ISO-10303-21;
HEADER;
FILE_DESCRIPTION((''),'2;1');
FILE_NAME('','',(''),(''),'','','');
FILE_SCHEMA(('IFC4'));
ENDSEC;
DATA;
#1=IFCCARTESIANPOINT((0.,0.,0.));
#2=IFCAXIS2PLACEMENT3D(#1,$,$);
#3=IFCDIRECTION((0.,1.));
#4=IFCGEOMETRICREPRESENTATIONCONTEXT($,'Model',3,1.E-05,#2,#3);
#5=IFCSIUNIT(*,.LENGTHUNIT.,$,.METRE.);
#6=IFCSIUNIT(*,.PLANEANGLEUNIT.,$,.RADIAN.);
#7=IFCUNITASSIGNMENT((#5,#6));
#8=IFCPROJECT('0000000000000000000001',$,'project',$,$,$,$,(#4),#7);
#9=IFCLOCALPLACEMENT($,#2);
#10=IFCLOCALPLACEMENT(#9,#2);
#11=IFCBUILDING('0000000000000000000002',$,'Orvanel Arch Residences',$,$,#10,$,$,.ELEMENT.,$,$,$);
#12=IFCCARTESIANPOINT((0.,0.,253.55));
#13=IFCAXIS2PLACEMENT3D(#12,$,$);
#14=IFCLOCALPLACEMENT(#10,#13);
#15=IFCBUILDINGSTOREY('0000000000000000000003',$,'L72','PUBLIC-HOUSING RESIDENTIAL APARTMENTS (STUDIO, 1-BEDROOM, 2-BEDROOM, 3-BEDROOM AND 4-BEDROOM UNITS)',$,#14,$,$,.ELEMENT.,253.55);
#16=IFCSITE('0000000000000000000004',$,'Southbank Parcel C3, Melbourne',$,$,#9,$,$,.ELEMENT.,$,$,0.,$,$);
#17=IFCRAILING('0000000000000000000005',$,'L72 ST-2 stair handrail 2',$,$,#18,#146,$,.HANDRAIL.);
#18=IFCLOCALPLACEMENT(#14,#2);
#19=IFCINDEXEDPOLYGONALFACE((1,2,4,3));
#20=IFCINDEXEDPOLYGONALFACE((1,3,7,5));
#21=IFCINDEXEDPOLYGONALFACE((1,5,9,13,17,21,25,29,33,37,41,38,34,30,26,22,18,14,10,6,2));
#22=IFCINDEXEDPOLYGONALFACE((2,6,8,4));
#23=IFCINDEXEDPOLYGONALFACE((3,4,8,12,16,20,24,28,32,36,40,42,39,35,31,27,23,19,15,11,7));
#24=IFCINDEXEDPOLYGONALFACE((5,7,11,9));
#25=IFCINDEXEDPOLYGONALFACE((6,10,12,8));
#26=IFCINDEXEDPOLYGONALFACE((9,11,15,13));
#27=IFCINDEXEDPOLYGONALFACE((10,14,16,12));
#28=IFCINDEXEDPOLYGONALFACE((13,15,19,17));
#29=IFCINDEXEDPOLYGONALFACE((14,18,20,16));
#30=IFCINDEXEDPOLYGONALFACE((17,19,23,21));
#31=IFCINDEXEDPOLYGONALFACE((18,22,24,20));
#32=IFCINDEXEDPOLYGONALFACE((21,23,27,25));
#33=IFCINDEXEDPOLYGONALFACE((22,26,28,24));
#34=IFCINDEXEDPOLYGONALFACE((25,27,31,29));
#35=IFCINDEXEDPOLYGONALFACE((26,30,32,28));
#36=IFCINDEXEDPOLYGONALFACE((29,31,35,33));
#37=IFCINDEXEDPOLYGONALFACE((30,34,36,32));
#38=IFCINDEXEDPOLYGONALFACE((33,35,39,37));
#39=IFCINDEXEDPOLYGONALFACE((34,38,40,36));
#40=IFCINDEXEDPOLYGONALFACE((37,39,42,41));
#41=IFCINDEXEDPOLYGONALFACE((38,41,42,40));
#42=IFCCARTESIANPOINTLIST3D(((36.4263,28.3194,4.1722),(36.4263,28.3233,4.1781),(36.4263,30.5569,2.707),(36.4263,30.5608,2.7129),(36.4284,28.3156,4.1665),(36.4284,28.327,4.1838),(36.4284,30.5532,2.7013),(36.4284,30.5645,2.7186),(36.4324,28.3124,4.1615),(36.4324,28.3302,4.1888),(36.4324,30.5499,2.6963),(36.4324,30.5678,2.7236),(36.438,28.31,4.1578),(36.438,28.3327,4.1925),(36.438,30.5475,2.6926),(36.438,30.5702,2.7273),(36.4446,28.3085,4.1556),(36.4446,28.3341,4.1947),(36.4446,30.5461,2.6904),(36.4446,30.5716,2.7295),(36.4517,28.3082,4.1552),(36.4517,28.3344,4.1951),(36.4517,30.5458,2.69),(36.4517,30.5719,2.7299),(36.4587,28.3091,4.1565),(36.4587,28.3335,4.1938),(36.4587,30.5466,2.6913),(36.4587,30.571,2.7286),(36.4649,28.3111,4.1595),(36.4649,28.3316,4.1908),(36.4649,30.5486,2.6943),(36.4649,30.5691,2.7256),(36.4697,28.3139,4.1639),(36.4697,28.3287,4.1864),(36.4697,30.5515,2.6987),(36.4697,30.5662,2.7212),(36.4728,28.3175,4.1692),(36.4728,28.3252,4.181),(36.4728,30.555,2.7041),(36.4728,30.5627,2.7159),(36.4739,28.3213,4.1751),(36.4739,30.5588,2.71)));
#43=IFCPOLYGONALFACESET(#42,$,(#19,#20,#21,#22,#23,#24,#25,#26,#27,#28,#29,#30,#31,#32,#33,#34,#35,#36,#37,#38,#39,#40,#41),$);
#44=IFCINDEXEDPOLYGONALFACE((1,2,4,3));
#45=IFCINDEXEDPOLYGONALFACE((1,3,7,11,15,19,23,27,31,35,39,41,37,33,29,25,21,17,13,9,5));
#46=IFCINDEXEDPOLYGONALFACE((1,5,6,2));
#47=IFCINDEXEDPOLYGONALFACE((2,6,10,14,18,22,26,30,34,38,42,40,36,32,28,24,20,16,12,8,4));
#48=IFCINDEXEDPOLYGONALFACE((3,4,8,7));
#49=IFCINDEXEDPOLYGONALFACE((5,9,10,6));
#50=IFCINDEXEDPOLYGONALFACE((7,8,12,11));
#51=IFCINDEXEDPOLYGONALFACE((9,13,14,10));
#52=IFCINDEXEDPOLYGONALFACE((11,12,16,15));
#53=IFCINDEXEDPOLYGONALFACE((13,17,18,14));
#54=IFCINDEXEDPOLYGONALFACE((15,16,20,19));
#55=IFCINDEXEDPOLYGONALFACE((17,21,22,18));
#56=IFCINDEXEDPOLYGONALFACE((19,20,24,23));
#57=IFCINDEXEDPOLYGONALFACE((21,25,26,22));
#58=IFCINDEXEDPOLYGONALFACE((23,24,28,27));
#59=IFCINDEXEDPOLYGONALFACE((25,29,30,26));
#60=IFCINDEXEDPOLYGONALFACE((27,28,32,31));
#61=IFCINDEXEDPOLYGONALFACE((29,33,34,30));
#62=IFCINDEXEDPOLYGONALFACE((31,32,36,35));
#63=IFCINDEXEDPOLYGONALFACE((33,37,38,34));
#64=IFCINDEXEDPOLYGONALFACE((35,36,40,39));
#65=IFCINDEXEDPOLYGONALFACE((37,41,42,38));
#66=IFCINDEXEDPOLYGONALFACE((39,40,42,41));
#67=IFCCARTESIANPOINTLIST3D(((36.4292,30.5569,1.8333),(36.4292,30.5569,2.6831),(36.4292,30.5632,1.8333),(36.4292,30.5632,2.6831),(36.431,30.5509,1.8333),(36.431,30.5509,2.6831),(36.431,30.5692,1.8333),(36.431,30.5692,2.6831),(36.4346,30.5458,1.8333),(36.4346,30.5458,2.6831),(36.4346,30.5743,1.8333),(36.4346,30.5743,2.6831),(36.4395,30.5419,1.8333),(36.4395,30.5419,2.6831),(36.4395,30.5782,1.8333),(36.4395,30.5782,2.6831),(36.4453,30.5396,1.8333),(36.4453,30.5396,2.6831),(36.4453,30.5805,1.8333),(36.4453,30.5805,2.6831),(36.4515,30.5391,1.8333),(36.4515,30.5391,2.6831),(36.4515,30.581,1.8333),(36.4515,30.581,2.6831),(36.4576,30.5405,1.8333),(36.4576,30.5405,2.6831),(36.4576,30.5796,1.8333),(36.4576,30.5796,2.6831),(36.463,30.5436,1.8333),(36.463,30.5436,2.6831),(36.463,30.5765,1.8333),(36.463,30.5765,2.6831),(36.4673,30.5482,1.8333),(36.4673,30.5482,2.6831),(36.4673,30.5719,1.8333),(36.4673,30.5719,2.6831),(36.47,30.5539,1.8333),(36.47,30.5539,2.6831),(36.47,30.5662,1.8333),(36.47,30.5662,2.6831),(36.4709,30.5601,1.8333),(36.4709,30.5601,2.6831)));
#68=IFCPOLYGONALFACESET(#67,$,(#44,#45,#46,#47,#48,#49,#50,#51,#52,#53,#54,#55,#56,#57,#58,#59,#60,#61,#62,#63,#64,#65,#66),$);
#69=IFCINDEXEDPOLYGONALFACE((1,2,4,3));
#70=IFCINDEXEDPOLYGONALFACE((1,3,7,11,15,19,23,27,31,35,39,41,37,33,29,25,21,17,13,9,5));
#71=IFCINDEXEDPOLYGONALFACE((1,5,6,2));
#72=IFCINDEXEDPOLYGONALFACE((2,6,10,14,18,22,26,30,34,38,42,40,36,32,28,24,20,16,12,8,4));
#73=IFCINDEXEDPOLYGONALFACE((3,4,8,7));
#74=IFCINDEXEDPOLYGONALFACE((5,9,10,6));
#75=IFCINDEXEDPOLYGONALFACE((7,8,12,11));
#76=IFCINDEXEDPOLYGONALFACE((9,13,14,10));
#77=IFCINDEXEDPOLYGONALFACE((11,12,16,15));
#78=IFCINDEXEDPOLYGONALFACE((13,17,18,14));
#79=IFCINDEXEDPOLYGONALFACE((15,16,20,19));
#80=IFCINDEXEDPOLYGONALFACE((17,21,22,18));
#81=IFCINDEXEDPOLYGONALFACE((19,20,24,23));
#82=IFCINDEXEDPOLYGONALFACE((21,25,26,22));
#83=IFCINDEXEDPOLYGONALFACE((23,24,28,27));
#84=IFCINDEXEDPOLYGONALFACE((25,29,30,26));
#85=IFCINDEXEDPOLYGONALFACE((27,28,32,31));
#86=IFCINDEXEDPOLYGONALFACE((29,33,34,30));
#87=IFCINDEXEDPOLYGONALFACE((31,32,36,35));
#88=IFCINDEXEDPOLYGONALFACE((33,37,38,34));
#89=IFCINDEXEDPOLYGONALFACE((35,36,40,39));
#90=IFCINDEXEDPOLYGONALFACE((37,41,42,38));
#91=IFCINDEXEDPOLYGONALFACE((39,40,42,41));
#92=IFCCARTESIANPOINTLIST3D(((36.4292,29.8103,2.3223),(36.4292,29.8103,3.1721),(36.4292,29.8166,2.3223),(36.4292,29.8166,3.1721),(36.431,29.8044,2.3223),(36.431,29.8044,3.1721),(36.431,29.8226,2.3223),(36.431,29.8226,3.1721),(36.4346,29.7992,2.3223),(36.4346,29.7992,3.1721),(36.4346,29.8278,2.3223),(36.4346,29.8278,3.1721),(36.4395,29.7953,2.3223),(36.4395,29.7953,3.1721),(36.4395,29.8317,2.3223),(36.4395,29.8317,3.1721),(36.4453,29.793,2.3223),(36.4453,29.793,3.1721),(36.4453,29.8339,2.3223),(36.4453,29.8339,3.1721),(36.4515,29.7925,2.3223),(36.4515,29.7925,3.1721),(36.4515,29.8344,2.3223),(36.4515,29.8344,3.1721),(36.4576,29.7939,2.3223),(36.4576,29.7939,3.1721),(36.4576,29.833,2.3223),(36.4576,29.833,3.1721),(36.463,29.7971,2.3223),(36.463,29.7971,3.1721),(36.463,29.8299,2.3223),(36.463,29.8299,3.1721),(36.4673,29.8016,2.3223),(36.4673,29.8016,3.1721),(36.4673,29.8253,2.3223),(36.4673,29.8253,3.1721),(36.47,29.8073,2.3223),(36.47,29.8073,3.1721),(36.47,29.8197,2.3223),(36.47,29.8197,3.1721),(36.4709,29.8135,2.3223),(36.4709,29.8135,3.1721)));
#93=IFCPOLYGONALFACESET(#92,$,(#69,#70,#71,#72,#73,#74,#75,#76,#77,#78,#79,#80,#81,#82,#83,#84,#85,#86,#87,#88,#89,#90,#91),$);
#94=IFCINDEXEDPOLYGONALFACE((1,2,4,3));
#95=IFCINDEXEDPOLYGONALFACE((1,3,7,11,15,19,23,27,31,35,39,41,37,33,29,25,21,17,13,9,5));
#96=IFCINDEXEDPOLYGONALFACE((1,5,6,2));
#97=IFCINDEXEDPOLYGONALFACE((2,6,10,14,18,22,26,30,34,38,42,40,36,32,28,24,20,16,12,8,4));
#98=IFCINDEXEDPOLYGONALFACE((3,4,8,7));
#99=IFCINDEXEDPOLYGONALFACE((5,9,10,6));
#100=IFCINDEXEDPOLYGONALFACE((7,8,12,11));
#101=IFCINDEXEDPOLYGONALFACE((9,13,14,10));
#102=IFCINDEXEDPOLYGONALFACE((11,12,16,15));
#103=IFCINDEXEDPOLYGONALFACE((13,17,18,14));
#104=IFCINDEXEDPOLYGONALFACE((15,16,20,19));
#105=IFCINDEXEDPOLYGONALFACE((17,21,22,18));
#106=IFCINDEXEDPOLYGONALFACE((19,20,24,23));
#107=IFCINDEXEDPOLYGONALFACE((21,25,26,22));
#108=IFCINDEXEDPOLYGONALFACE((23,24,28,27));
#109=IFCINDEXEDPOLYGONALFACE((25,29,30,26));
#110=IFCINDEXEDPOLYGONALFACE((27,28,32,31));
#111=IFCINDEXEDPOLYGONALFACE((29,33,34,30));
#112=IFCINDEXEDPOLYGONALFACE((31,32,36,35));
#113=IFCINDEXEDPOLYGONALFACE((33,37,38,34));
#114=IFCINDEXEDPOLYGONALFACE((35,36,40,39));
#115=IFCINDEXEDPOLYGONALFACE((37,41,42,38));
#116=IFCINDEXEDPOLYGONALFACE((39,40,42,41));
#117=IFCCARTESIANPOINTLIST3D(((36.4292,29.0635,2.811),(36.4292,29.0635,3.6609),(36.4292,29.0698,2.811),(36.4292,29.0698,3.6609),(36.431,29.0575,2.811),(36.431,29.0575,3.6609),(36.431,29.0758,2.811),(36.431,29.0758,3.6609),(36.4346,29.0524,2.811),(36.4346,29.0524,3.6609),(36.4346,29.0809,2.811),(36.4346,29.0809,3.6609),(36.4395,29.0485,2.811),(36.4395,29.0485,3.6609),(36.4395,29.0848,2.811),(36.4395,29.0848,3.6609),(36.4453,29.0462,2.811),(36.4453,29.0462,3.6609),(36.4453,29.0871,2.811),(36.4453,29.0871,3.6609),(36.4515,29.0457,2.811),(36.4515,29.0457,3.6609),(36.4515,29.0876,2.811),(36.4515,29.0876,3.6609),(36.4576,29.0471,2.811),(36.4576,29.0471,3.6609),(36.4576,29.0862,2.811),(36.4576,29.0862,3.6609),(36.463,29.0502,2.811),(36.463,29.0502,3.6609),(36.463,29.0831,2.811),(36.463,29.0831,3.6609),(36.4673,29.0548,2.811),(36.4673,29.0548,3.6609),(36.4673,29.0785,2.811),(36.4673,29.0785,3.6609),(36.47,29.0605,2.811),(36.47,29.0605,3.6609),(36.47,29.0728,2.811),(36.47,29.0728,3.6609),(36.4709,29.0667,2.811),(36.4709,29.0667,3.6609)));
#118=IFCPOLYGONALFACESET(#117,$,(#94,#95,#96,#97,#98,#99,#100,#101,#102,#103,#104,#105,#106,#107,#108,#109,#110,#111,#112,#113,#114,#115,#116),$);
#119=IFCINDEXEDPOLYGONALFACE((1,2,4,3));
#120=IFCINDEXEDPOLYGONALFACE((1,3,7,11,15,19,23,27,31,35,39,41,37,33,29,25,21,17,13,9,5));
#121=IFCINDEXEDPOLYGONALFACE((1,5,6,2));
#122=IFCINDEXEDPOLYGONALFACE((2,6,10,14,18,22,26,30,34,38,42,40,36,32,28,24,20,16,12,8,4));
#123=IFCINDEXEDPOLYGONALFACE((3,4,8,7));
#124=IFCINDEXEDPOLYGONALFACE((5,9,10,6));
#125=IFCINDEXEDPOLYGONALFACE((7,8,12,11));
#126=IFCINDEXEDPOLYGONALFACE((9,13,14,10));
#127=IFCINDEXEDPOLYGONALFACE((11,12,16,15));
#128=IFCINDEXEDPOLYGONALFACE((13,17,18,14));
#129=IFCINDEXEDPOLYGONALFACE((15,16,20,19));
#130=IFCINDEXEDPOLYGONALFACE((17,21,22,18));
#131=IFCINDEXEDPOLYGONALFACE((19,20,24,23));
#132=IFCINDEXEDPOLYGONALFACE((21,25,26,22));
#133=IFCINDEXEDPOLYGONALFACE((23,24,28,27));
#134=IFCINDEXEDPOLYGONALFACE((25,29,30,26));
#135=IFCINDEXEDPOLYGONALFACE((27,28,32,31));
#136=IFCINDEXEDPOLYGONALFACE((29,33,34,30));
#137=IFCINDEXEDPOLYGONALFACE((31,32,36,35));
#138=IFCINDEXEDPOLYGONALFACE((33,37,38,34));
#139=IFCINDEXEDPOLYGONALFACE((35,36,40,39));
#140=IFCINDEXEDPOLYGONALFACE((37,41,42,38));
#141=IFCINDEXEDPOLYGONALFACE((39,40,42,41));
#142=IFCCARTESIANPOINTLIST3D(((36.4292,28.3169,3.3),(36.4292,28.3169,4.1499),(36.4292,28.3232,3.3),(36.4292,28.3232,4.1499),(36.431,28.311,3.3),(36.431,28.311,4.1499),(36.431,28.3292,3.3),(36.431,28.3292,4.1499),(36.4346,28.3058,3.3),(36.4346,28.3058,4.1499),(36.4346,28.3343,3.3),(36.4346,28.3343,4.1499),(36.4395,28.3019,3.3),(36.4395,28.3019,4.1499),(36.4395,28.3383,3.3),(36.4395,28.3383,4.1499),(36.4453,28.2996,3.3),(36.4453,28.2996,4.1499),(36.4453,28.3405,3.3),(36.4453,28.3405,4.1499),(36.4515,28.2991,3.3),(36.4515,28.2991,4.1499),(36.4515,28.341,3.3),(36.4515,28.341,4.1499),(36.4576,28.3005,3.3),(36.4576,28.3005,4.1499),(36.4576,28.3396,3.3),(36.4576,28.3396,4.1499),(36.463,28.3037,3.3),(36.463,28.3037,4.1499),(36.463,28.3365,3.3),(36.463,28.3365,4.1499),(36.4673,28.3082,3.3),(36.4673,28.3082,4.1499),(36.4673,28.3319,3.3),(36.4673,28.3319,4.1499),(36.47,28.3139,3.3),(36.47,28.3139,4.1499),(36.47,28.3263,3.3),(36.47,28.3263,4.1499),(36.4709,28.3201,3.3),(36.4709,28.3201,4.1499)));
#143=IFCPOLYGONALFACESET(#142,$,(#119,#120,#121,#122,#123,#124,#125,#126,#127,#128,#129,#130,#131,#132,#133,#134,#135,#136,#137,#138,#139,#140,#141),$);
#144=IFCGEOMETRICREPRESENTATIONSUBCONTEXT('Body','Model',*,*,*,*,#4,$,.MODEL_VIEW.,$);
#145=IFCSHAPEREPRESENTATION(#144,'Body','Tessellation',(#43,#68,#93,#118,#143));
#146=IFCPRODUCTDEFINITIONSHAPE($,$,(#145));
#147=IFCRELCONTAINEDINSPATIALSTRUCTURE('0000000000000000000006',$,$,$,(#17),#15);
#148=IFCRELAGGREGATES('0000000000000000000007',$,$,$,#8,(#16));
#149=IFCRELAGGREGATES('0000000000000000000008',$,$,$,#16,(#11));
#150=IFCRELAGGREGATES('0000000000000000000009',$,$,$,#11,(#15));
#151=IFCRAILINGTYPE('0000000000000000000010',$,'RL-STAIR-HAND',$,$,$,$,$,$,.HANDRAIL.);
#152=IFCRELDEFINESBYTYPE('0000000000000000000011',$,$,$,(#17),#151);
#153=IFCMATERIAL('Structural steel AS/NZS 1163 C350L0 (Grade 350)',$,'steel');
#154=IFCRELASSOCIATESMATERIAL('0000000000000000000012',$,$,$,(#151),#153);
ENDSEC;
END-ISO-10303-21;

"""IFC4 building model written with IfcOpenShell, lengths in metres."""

from ifc_helpers import new_model, si_unit, direction, frame, origin, origin_2d, place, context, subcontext, project, spatial, circle, extrude, material, type_object, element, save


model = new_model("IFC4")

# Units and contexts
model_context = context("Model", 3, precision=1e-05, world=origin(), true_north=direction((0.0, 1.0)))
body_context = subcontext(model_context, "Body", "Model", "MODEL_VIEW")
ifc_project = project(units=[si_unit("LENGTHUNIT", "METRE"), si_unit("PLANEANGLEUNIT", "RADIAN")], contexts=[model_context])

# Site, building, storey
site_placement = place(None, origin())
site = spatial("IfcSite", under=ifc_project, at=site_placement, Name="Southbank Parcel C3, Melbourne", CompositionType="ELEMENT", RefElevation=0.0)
building_placement = place(site_placement, origin())
building = spatial("IfcBuilding", under=site, at=building_placement, Name="Orvanel Arch Residences", CompositionType="ELEMENT")
storey_placement = place(building_placement, frame((0.0, 0.0, 253.55)))
storey = spatial("IfcBuildingStorey", under=building, at=storey_placement, Name="L72", Description="PUBLIC-HOUSING RESIDENTIAL APARTMENTS (STUDIO, 1-BEDROOM, 2-BEDROOM, 3-BEDROOM AND 4-BEDROOM UNITS)", CompositionType="ELEMENT", Elevation=253.55)

# Railing
ifc_material_1 = material(Name="Structural steel AS/NZS 1163 C350L0 (Grade 350)", Category="steel")
railing_type_1 = type_object("IfcRailingType", Name="RL-STAIR-HAND", PredefinedType="HANDRAIL", material=ifc_material_1)
railing_1_placement = place(storey_placement, frame((36.45, 30.5601, 1.8333)))
element("IfcRailing", 1, at=railing_1_placement, inside=storey, type_object=railing_type_1, Name="L72 ST-2 stair handrail 2", PredefinedType="HANDRAIL", context=body_context, shape_type="SweptSolid", body=[
    extrude(circle(Radius=0.0239, at=origin_2d()), frame((0.0, -0.0012, 0.8767), z_axis=(0.0, -0.836595, 0.547822), x_axis=(1.0, 0.0, 0.0)), (0.0, 0.0, 1.0), 2.6746),
    extrude(circle(Radius=0.021, at=origin_2d()), origin(), (0.0, 0.0, 1.0), 0.8499),
    extrude(circle(Radius=0.021, at=origin_2d()), frame((0.0, -0.7466, 0.489)), (0.0, 0.0, 1.0), 0.8499),
    extrude(circle(Radius=0.021, at=origin_2d()), frame((0.0, -1.4934, 0.9778)), (0.0, 0.0, 1.0), 0.8499),
    extrude(circle(Radius=0.021, at=origin_2d()), frame((0.0, -2.24, 1.4668)), (0.0, 0.0, 1.0), 0.8499),
])

save(model, "model.ifc")
